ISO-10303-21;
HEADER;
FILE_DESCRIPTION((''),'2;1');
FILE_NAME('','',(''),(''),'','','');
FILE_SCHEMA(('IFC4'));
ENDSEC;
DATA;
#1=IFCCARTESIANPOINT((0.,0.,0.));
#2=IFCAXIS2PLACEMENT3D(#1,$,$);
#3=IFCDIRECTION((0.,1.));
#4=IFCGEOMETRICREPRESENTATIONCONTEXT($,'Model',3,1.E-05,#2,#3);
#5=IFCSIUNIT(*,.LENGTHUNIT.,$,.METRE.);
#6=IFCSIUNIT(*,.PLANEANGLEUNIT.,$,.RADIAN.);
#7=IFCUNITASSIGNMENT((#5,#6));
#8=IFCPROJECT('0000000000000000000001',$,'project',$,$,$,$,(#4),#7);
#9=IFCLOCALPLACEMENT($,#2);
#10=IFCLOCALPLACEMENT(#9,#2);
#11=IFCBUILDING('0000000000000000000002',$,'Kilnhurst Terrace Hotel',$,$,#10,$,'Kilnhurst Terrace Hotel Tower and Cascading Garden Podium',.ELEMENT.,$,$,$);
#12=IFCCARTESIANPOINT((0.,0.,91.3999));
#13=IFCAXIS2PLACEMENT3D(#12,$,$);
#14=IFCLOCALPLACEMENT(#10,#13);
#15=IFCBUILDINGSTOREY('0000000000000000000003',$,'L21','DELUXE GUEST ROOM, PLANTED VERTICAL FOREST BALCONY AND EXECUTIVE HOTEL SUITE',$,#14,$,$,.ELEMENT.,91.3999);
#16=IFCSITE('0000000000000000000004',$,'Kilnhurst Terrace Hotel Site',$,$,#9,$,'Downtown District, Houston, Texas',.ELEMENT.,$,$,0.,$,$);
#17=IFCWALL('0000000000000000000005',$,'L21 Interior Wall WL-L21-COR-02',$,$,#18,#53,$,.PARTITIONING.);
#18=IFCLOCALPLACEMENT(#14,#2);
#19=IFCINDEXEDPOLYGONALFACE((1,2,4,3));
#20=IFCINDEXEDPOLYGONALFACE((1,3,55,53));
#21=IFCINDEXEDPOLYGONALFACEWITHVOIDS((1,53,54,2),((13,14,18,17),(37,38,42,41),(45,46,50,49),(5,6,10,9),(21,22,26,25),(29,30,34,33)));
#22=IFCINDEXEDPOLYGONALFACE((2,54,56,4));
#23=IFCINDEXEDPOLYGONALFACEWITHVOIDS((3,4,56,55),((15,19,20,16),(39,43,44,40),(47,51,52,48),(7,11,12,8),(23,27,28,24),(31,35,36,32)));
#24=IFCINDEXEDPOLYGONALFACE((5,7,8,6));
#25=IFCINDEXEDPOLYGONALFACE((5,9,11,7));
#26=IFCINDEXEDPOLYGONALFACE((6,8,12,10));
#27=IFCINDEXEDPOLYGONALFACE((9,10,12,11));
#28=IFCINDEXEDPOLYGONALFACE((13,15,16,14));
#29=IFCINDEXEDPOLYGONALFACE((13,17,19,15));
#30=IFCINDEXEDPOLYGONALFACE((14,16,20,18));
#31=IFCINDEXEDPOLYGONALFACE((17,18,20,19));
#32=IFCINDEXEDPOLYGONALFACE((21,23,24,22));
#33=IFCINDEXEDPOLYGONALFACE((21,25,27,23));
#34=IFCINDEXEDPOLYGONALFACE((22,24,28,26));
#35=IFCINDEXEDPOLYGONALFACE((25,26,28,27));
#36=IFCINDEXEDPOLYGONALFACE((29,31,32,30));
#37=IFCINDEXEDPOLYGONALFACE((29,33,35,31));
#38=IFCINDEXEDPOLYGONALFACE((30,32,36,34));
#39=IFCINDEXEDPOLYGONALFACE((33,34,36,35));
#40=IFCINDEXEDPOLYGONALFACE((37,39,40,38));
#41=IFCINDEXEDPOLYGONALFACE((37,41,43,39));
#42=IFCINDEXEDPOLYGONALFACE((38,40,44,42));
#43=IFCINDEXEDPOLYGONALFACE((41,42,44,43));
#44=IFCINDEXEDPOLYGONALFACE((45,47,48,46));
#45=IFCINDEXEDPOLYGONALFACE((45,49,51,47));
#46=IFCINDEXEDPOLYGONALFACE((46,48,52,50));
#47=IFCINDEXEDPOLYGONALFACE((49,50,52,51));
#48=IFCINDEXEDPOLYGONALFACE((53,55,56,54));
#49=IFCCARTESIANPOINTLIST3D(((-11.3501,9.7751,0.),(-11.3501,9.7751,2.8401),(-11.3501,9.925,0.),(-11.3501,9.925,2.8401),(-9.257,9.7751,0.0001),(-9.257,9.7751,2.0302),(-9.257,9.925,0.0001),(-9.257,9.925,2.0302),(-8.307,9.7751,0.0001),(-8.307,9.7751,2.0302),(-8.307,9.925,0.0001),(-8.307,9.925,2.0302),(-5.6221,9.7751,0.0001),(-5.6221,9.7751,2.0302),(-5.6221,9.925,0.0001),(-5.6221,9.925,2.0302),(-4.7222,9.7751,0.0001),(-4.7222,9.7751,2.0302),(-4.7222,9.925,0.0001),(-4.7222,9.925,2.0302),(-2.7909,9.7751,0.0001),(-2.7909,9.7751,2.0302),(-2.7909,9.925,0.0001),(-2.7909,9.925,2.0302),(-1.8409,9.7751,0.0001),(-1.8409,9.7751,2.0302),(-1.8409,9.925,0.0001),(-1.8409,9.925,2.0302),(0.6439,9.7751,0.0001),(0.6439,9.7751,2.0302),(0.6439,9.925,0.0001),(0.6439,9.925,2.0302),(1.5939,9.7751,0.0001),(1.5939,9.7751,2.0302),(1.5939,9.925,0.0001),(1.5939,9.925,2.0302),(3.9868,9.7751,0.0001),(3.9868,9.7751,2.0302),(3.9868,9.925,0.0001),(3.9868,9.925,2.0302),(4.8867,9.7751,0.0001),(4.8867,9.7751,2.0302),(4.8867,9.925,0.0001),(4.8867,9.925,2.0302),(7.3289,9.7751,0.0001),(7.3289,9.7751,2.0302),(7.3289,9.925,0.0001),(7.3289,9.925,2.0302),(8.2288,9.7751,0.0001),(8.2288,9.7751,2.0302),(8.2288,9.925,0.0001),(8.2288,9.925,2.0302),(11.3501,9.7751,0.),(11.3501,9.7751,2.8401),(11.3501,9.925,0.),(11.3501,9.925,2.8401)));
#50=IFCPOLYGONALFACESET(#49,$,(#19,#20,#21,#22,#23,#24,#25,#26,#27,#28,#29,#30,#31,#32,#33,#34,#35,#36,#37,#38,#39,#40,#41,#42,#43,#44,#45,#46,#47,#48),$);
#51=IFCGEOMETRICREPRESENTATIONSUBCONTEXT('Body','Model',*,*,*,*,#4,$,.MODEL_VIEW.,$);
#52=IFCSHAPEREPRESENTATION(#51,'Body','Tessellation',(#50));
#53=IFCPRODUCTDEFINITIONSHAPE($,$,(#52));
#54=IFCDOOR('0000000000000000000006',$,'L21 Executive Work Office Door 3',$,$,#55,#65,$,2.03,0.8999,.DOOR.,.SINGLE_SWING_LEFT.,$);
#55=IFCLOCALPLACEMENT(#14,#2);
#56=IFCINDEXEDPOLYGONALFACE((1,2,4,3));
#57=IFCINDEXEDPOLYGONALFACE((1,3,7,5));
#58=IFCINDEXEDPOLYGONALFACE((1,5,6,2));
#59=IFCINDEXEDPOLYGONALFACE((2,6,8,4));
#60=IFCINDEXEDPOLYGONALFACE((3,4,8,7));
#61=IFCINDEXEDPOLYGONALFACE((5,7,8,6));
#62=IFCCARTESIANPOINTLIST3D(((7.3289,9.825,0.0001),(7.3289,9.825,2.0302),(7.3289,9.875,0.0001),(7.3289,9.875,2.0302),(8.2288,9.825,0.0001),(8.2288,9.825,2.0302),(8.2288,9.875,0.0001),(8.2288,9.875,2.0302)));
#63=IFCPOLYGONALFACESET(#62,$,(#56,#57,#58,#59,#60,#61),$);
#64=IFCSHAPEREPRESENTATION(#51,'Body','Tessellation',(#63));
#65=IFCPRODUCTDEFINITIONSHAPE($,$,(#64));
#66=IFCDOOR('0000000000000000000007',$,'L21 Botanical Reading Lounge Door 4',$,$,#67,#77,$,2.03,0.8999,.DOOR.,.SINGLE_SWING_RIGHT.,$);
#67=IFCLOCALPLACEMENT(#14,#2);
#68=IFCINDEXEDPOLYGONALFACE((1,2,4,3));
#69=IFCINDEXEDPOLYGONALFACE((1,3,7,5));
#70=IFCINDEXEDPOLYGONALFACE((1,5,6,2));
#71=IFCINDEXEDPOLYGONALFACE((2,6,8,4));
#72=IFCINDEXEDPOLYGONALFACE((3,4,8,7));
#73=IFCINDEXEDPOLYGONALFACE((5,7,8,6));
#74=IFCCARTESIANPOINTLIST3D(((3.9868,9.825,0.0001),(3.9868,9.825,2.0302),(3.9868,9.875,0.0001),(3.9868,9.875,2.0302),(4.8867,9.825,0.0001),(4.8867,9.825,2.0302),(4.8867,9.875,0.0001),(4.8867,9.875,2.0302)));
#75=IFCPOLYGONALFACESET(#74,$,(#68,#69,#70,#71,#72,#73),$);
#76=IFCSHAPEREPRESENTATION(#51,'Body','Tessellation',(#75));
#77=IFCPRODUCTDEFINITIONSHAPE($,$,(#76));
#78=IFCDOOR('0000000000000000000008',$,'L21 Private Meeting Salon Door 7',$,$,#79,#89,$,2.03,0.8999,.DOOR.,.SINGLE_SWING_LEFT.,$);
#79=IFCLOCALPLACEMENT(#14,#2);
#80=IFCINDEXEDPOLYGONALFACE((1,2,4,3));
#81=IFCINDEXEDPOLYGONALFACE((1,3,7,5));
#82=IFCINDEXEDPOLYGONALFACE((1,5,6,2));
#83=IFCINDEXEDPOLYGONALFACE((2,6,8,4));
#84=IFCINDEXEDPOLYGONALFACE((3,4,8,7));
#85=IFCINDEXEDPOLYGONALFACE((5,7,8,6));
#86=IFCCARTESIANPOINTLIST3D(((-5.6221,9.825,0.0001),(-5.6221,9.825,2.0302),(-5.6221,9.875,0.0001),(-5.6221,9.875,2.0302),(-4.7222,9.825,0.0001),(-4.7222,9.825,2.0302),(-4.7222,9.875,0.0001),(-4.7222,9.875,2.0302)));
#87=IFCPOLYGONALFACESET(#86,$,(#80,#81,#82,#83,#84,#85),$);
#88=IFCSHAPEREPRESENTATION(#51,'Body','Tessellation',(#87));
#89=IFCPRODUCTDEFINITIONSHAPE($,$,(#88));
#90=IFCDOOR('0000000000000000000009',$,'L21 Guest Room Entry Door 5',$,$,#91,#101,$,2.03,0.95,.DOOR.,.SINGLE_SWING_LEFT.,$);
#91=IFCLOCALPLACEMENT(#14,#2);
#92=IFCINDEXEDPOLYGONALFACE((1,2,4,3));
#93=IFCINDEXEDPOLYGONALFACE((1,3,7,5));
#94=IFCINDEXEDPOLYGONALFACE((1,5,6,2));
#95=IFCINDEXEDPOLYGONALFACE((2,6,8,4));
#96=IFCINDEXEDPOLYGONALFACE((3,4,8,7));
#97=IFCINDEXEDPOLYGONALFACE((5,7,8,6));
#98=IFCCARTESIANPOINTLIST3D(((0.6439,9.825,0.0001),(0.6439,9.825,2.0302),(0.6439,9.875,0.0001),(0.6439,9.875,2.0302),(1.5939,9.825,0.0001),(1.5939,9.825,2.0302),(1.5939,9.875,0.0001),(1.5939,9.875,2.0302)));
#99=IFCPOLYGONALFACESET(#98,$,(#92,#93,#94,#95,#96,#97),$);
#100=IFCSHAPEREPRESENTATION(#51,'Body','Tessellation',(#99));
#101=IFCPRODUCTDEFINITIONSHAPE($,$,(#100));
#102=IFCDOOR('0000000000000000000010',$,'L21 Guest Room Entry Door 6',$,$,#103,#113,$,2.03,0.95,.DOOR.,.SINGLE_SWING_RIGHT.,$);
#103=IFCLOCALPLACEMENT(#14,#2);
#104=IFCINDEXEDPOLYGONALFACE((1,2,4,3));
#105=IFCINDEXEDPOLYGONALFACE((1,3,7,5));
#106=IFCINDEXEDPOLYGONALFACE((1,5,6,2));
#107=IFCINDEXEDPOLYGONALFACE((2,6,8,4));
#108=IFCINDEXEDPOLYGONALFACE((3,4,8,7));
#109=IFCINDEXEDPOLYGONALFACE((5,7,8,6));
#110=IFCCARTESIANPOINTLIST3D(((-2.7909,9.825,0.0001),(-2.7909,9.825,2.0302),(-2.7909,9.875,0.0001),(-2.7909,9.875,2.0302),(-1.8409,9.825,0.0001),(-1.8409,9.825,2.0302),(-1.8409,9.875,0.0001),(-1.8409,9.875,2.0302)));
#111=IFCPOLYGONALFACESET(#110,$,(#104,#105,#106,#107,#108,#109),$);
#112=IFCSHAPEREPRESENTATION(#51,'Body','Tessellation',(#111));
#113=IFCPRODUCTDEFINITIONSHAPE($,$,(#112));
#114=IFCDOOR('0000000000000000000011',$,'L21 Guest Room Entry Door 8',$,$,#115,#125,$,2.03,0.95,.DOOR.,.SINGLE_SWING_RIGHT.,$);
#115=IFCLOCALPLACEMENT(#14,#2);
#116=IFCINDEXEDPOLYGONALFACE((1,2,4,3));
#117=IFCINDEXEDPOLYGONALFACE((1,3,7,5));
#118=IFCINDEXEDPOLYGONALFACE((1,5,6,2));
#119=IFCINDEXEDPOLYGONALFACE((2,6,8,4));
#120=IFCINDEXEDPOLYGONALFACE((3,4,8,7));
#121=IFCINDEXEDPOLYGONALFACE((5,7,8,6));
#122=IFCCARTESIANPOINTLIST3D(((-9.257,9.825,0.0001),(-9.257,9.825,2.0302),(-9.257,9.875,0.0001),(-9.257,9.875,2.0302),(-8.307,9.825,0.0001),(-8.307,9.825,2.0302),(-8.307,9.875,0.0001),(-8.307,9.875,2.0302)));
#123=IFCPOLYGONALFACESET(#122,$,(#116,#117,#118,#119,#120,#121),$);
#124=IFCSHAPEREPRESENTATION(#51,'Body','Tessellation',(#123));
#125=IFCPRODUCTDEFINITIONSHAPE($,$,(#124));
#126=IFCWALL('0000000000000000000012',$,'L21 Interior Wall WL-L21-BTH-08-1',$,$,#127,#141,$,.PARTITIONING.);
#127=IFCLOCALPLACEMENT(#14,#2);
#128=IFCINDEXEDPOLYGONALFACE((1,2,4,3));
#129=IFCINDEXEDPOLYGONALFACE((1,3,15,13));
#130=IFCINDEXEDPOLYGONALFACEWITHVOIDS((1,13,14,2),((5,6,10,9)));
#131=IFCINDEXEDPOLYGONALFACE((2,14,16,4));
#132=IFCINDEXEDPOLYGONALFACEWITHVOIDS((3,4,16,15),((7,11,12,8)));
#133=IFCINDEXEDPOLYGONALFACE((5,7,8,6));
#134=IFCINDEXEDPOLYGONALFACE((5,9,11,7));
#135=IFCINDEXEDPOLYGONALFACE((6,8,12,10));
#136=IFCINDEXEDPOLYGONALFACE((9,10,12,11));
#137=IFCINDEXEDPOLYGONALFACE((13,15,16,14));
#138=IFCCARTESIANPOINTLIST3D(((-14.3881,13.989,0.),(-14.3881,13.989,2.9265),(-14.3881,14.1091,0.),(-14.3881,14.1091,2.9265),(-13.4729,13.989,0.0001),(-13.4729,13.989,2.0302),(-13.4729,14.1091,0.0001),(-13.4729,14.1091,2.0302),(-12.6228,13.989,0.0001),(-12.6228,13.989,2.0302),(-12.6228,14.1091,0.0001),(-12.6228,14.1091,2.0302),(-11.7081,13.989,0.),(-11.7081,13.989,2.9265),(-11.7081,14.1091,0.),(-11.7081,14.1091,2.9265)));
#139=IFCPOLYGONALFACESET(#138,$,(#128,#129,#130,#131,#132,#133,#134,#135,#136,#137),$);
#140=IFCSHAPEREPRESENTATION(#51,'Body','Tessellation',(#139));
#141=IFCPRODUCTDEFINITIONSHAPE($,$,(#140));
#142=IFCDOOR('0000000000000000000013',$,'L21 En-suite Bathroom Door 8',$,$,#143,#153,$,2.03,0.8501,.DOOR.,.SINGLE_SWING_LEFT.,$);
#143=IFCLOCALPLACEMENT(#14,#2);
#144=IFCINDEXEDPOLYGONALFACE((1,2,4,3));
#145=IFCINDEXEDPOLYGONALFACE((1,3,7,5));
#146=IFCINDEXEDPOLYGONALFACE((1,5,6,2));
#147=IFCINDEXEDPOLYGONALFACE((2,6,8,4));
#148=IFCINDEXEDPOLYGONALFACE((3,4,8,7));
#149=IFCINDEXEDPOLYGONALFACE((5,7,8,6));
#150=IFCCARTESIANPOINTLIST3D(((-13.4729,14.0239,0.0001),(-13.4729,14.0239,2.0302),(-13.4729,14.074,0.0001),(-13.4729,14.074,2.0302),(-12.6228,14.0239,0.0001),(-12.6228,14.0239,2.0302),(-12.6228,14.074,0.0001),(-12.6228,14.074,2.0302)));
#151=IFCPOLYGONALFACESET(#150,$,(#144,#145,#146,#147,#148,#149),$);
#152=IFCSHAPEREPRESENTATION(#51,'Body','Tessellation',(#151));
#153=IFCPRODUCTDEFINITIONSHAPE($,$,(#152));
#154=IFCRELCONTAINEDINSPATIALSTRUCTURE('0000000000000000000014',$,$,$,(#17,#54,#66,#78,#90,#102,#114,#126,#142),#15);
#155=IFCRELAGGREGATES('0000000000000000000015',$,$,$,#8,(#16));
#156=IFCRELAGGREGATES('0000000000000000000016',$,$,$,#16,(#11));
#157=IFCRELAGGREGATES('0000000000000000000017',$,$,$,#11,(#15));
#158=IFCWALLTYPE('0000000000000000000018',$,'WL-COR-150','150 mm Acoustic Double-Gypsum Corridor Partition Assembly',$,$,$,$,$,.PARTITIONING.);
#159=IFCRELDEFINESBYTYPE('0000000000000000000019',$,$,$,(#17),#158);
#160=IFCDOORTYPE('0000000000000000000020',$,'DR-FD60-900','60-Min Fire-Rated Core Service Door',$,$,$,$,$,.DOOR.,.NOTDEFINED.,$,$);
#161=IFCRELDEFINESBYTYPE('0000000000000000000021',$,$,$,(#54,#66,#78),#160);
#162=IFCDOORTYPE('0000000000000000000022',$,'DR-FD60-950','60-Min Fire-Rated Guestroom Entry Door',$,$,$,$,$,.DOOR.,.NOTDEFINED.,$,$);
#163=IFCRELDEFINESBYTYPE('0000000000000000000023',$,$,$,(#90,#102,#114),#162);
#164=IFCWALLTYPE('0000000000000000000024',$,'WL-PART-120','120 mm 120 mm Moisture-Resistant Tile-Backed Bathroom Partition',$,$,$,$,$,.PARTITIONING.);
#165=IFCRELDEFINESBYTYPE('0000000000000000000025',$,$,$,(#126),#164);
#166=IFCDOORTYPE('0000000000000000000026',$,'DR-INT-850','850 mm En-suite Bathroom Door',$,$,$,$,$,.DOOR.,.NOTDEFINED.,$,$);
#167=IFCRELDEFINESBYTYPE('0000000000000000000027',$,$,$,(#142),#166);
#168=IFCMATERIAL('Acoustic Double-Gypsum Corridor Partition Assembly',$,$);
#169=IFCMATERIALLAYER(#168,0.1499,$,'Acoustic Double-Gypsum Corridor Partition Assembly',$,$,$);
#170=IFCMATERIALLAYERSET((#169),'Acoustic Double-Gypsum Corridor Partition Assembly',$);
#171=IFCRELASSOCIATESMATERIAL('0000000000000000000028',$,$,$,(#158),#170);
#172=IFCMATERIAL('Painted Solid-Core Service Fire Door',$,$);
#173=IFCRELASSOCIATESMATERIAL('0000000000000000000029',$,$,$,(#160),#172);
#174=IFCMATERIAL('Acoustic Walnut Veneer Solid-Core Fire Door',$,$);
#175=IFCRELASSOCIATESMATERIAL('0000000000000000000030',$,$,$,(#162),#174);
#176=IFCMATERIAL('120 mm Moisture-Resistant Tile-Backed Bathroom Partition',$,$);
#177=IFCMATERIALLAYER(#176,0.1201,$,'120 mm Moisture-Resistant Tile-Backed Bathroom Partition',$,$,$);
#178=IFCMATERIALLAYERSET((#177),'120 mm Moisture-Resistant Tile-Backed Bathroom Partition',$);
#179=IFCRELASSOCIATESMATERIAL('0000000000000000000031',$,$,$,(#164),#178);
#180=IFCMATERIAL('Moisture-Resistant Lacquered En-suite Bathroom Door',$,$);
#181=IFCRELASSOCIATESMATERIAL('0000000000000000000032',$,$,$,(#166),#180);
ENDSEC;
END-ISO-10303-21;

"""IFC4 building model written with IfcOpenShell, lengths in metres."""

from ifc_helpers import new_model, si_unit, direction, frame, frame_2d, origin, place, context, subcontext, project, spatial, rectangle, extrude, material, layer, layer_set, type_object, element, fill, save


model = new_model("IFC4")

# Units and contexts
model_context = context("Model", 3, precision=1e-05, world=origin(), true_north=direction((0.0, 1.0)))
body_context = subcontext(model_context, "Body", "Model", "MODEL_VIEW")
ifc_project = project(units=[si_unit("LENGTHUNIT", "METRE"), si_unit("PLANEANGLEUNIT", "RADIAN")], contexts=[model_context])

# Site, building, storey
site_placement = place(None, origin())
site = spatial("IfcSite", under=ifc_project, at=site_placement, Name="Kilnhurst Terrace Hotel Site", LongName="Downtown District, Houston, Texas", CompositionType="ELEMENT", RefElevation=0.0)
building_placement = place(site_placement, origin())
building = spatial("IfcBuilding", under=site, at=building_placement, Name="Kilnhurst Terrace Hotel", LongName="Kilnhurst Terrace Hotel Tower and Cascading Garden Podium", CompositionType="ELEMENT")
storey_placement = place(building_placement, frame((0.0, 0.0, 91.3999)))
storey = spatial("IfcBuildingStorey", under=building, at=storey_placement, Name="L21", Description="DELUXE GUEST ROOM, PLANTED VERTICAL FOREST BALCONY AND EXECUTIVE HOTEL SUITE", CompositionType="ELEMENT", Elevation=91.3999)

# Wall, openings, doors
ifc_material_1 = material(Name="Acoustic Double-Gypsum Corridor Partition Assembly")
ifc_layer_1 = layer(ifc_material_1, 0.1499, Name="Acoustic Double-Gypsum Corridor Partition Assembly")
ifc_layer_set_1 = layer_set([ifc_layer_1], Name="Acoustic Double-Gypsum Corridor Partition Assembly")
wall_type_1 = type_object("IfcWallType", Name="WL-COR-150", Description="150 mm Acoustic Double-Gypsum Corridor Partition Assembly", PredefinedType="PARTITIONING", material=ifc_layer_set_1)
wall_1_placement = place(storey_placement, frame((-11.3501, 9.8501, 0.0), z_axis=(0.0, 0.0, 1.0), x_axis=(1.0, 0.0, 0.0)))
wall_1 = element("IfcWall", 1, at=wall_1_placement, inside=storey, type_object=wall_type_1, Name="L21 Interior Wall WL-L21-COR-02", PredefinedType="PARTITIONING", context=body_context, shape_type="SweptSolid", body=[
    extrude(rectangle(XDim=22.7002, YDim=0.1499, at=frame_2d((11.3501, 0.0))), origin(), (0.0, 0.0, 1.0), 2.8401),
])
opening_1_placement = place(wall_1_placement, frame((18.679, 0.0, 0.0)))
opening_1 = element("IfcOpeningElement", 2, at=opening_1_placement, cuts=wall_1, PredefinedType="OPENING", context=body_context, shape_type="SweptSolid", body=[
    extrude(rectangle(XDim=0.8999, YDim=2.03, at=frame_2d((0.45, 1.0151))), frame((0.0, 0.085, 0.0), z_axis=(0.0, -1.0, 0.0), x_axis=(1.0, 0.0, 0.0)), (0.0, 0.0, 1.0), 0.1699),
])
opening_2_placement = place(wall_1_placement, frame((15.3369, 0.0, 0.0)))
opening_2 = element("IfcOpeningElement", 3, at=opening_2_placement, cuts=wall_1, PredefinedType="OPENING", context=body_context, shape_type="SweptSolid", body=[
    extrude(rectangle(XDim=0.8999, YDim=2.03, at=frame_2d((0.45, 1.0151))), frame((0.0, 0.085, 0.0), z_axis=(0.0, -1.0, 0.0), x_axis=(1.0, 0.0, 0.0)), (0.0, 0.0, 1.0), 0.1699),
])
opening_3_placement = place(wall_1_placement, frame((11.9939, 0.0, 0.0)))
opening_3 = element("IfcOpeningElement", 4, at=opening_3_placement, cuts=wall_1, PredefinedType="OPENING", context=body_context, shape_type="SweptSolid", body=[
    extrude(rectangle(XDim=0.95, YDim=2.03, at=frame_2d((0.4751, 1.0151))), frame((0.0, 0.085, 0.0), z_axis=(0.0, -1.0, 0.0), x_axis=(1.0, 0.0, 0.0)), (0.0, 0.0, 1.0), 0.1699),
])
opening_4_placement = place(wall_1_placement, frame((8.5591, 0.0, 0.0)))
opening_4 = element("IfcOpeningElement", 5, at=opening_4_placement, cuts=wall_1, PredefinedType="OPENING", context=body_context, shape_type="SweptSolid", body=[
    extrude(rectangle(XDim=0.95, YDim=2.03, at=frame_2d((0.4751, 1.0151))), frame((0.0, 0.085, 0.0), z_axis=(0.0, -1.0, 0.0), x_axis=(1.0, 0.0, 0.0)), (0.0, 0.0, 1.0), 0.1699),
])
opening_5_placement = place(wall_1_placement, frame((5.728, 0.0, 0.0)))
opening_5 = element("IfcOpeningElement", 6, at=opening_5_placement, cuts=wall_1, PredefinedType="OPENING", context=body_context, shape_type="SweptSolid", body=[
    extrude(rectangle(XDim=0.8999, YDim=2.03, at=frame_2d((0.45, 1.0151))), frame((0.0, 0.085, 0.0), z_axis=(0.0, -1.0, 0.0), x_axis=(1.0, 0.0, 0.0)), (0.0, 0.0, 1.0), 0.1699),
])
opening_6_placement = place(wall_1_placement, frame((2.093, 0.0, 0.0)))
opening_6 = element("IfcOpeningElement", 7, at=opening_6_placement, cuts=wall_1, PredefinedType="OPENING", context=body_context, shape_type="SweptSolid", body=[
    extrude(rectangle(XDim=0.95, YDim=2.03, at=frame_2d((0.4751, 1.0151))), frame((0.0, 0.085, 0.0), z_axis=(0.0, -1.0, 0.0), x_axis=(1.0, 0.0, 0.0)), (0.0, 0.0, 1.0), 0.1699),
])
ifc_material_2 = material(Name="Painted Solid-Core Service Fire Door")
door_type_1 = type_object("IfcDoorType", Name="DR-FD60-900", Description="60-Min Fire-Rated Core Service Door", OperationType="NOTDEFINED", PredefinedType="DOOR", material=ifc_material_2)
door_1_placement = place(opening_1_placement, origin())
door_1 = element("IfcDoor", 8, at=door_1_placement, inside=storey, type_object=door_type_1, Name="L21 Executive Work Office Door 3", OperationType="SINGLE_SWING_LEFT", OverallHeight=2.03, OverallWidth=0.8999, PredefinedType="DOOR", context=body_context, shape_type="SweptSolid", body=[
    extrude(rectangle(XDim=0.8999, YDim=2.03, at=frame_2d((0.45, 1.0151))), frame((0.0, 0.0249, 0.0), z_axis=(0.0, -1.0, 0.0), x_axis=(1.0, 0.0, 0.0)), (0.0, 0.0, 1.0), 0.05),
])
fill(opening_1, door_1)
door_2_placement = place(opening_2_placement, origin())
door_2 = element("IfcDoor", 9, at=door_2_placement, inside=storey, type_object=door_type_1, Name="L21 Botanical Reading Lounge Door 4", OperationType="SINGLE_SWING_RIGHT", OverallHeight=2.03, OverallWidth=0.8999, PredefinedType="DOOR", context=body_context, shape_type="SweptSolid", body=[
    extrude(rectangle(XDim=0.8999, YDim=2.03, at=frame_2d((0.45, 1.0151))), frame((0.0, 0.0249, 0.0), z_axis=(0.0, -1.0, 0.0), x_axis=(1.0, 0.0, 0.0)), (0.0, 0.0, 1.0), 0.05),
])
fill(opening_2, door_2)
door_3_placement = place(opening_5_placement, origin())
door_3 = element("IfcDoor", 10, at=door_3_placement, inside=storey, type_object=door_type_1, Name="L21 Private Meeting Salon Door 7", OperationType="SINGLE_SWING_LEFT", OverallHeight=2.03, OverallWidth=0.8999, PredefinedType="DOOR", context=body_context, shape_type="SweptSolid", body=[
    extrude(rectangle(XDim=0.8999, YDim=2.03, at=frame_2d((0.45, 1.0151))), frame((0.0, 0.0249, 0.0), z_axis=(0.0, -1.0, 0.0), x_axis=(1.0, 0.0, 0.0)), (0.0, 0.0, 1.0), 0.05),
])
fill(opening_5, door_3)
ifc_material_3 = material(Name="Acoustic Walnut Veneer Solid-Core Fire Door")
door_type_2 = type_object("IfcDoorType", Name="DR-FD60-950", Description="60-Min Fire-Rated Guestroom Entry Door", OperationType="NOTDEFINED", PredefinedType="DOOR", material=ifc_material_3)
door_4_placement = place(opening_3_placement, origin())
door_4 = element("IfcDoor", 11, at=door_4_placement, inside=storey, type_object=door_type_2, Name="L21 Guest Room Entry Door 5", OperationType="SINGLE_SWING_LEFT", OverallHeight=2.03, OverallWidth=0.95, PredefinedType="DOOR", context=body_context, shape_type="SweptSolid", body=[
    extrude(rectangle(XDim=0.95, YDim=2.03, at=frame_2d((0.4751, 1.0151))), frame((0.0, 0.0249, 0.0), z_axis=(0.0, -1.0, 0.0), x_axis=(1.0, 0.0, 0.0)), (0.0, 0.0, 1.0), 0.05),
])
fill(opening_3, door_4)
door_5_placement = place(opening_4_placement, origin())
door_5 = element("IfcDoor", 12, at=door_5_placement, inside=storey, type_object=door_type_2, Name="L21 Guest Room Entry Door 6", OperationType="SINGLE_SWING_RIGHT", OverallHeight=2.03, OverallWidth=0.95, PredefinedType="DOOR", context=body_context, shape_type="SweptSolid", body=[
    extrude(rectangle(XDim=0.95, YDim=2.03, at=frame_2d((0.4751, 1.0151))), frame((0.0, 0.0249, 0.0), z_axis=(0.0, -1.0, 0.0), x_axis=(1.0, 0.0, 0.0)), (0.0, 0.0, 1.0), 0.05),
])
fill(opening_4, door_5)
door_6_placement = place(opening_6_placement, origin())
door_6 = element("IfcDoor", 13, at=door_6_placement, inside=storey, type_object=door_type_2, Name="L21 Guest Room Entry Door 8", OperationType="SINGLE_SWING_RIGHT", OverallHeight=2.03, OverallWidth=0.95, PredefinedType="DOOR", context=body_context, shape_type="SweptSolid", body=[
    extrude(rectangle(XDim=0.95, YDim=2.03, at=frame_2d((0.4751, 1.0151))), frame((0.0, 0.0249, 0.0), z_axis=(0.0, -1.0, 0.0), x_axis=(1.0, 0.0, 0.0)), (0.0, 0.0, 1.0), 0.05),
])
fill(opening_6, door_6)

# Wall, opening, door
ifc_material_4 = material(Name="120 mm Moisture-Resistant Tile-Backed Bathroom Partition")
ifc_layer_2 = layer(ifc_material_4, 0.1201, Name="120 mm Moisture-Resistant Tile-Backed Bathroom Partition")
ifc_layer_set_2 = layer_set([ifc_layer_2], Name="120 mm Moisture-Resistant Tile-Backed Bathroom Partition")
wall_type_2 = type_object("IfcWallType", Name="WL-PART-120", Description="120 mm 120 mm Moisture-Resistant Tile-Backed Bathroom Partition", PredefinedType="PARTITIONING", material=ifc_layer_set_2)
wall_2_placement = place(storey_placement, frame((-14.3879, 14.0491, 0.0), z_axis=(0.0, 0.0, 1.0), x_axis=(1.0, 0.0, 0.0)))
wall_2 = element("IfcWall", 14, at=wall_2_placement, inside=storey, type_object=wall_type_2, Name="L21 Interior Wall WL-L21-BTH-08-1", PredefinedType="PARTITIONING", context=body_context, shape_type="SweptSolid", body=[
    extrude(rectangle(XDim=2.6799, YDim=0.1201, at=frame_2d((1.3398, 0.0))), origin(), (0.0, 0.0, 1.0), 2.9265),
])
opening_7_placement = place(wall_2_placement, frame((0.915, 0.0, 0.0)))
opening_7 = element("IfcOpeningElement", 15, at=opening_7_placement, cuts=wall_2, PredefinedType="OPENING", context=body_context, shape_type="SweptSolid", body=[
    extrude(rectangle(XDim=0.8501, YDim=2.03, at=frame_2d((0.425, 1.0151))), frame((0.0, 0.0701, 0.0), z_axis=(0.0, -1.0, 0.0), x_axis=(1.0, 0.0, 0.0)), (0.0, 0.0, 1.0), 0.1401),
])
ifc_material_5 = material(Name="Moisture-Resistant Lacquered En-suite Bathroom Door")
door_type_3 = type_object("IfcDoorType", Name="DR-INT-850", Description="850 mm En-suite Bathroom Door", OperationType="NOTDEFINED", PredefinedType="DOOR", material=ifc_material_5)
door_7_placement = place(opening_7_placement, origin())
door_7 = element("IfcDoor", 16, at=door_7_placement, inside=storey, type_object=door_type_3, Name="L21 En-suite Bathroom Door 8", OperationType="SINGLE_SWING_LEFT", OverallHeight=2.03, OverallWidth=0.8501, PredefinedType="DOOR", context=body_context, shape_type="SweptSolid", body=[
    extrude(rectangle(XDim=0.8501, YDim=2.03, at=frame_2d((0.425, 1.0151))), frame((0.0, 0.0249, 0.0), z_axis=(0.0, -1.0, 0.0), x_axis=(1.0, 0.0, 0.0)), (0.0, 0.0, 1.0), 0.05),
])
fill(opening_7, door_7)

save(model, "model.ifc")
